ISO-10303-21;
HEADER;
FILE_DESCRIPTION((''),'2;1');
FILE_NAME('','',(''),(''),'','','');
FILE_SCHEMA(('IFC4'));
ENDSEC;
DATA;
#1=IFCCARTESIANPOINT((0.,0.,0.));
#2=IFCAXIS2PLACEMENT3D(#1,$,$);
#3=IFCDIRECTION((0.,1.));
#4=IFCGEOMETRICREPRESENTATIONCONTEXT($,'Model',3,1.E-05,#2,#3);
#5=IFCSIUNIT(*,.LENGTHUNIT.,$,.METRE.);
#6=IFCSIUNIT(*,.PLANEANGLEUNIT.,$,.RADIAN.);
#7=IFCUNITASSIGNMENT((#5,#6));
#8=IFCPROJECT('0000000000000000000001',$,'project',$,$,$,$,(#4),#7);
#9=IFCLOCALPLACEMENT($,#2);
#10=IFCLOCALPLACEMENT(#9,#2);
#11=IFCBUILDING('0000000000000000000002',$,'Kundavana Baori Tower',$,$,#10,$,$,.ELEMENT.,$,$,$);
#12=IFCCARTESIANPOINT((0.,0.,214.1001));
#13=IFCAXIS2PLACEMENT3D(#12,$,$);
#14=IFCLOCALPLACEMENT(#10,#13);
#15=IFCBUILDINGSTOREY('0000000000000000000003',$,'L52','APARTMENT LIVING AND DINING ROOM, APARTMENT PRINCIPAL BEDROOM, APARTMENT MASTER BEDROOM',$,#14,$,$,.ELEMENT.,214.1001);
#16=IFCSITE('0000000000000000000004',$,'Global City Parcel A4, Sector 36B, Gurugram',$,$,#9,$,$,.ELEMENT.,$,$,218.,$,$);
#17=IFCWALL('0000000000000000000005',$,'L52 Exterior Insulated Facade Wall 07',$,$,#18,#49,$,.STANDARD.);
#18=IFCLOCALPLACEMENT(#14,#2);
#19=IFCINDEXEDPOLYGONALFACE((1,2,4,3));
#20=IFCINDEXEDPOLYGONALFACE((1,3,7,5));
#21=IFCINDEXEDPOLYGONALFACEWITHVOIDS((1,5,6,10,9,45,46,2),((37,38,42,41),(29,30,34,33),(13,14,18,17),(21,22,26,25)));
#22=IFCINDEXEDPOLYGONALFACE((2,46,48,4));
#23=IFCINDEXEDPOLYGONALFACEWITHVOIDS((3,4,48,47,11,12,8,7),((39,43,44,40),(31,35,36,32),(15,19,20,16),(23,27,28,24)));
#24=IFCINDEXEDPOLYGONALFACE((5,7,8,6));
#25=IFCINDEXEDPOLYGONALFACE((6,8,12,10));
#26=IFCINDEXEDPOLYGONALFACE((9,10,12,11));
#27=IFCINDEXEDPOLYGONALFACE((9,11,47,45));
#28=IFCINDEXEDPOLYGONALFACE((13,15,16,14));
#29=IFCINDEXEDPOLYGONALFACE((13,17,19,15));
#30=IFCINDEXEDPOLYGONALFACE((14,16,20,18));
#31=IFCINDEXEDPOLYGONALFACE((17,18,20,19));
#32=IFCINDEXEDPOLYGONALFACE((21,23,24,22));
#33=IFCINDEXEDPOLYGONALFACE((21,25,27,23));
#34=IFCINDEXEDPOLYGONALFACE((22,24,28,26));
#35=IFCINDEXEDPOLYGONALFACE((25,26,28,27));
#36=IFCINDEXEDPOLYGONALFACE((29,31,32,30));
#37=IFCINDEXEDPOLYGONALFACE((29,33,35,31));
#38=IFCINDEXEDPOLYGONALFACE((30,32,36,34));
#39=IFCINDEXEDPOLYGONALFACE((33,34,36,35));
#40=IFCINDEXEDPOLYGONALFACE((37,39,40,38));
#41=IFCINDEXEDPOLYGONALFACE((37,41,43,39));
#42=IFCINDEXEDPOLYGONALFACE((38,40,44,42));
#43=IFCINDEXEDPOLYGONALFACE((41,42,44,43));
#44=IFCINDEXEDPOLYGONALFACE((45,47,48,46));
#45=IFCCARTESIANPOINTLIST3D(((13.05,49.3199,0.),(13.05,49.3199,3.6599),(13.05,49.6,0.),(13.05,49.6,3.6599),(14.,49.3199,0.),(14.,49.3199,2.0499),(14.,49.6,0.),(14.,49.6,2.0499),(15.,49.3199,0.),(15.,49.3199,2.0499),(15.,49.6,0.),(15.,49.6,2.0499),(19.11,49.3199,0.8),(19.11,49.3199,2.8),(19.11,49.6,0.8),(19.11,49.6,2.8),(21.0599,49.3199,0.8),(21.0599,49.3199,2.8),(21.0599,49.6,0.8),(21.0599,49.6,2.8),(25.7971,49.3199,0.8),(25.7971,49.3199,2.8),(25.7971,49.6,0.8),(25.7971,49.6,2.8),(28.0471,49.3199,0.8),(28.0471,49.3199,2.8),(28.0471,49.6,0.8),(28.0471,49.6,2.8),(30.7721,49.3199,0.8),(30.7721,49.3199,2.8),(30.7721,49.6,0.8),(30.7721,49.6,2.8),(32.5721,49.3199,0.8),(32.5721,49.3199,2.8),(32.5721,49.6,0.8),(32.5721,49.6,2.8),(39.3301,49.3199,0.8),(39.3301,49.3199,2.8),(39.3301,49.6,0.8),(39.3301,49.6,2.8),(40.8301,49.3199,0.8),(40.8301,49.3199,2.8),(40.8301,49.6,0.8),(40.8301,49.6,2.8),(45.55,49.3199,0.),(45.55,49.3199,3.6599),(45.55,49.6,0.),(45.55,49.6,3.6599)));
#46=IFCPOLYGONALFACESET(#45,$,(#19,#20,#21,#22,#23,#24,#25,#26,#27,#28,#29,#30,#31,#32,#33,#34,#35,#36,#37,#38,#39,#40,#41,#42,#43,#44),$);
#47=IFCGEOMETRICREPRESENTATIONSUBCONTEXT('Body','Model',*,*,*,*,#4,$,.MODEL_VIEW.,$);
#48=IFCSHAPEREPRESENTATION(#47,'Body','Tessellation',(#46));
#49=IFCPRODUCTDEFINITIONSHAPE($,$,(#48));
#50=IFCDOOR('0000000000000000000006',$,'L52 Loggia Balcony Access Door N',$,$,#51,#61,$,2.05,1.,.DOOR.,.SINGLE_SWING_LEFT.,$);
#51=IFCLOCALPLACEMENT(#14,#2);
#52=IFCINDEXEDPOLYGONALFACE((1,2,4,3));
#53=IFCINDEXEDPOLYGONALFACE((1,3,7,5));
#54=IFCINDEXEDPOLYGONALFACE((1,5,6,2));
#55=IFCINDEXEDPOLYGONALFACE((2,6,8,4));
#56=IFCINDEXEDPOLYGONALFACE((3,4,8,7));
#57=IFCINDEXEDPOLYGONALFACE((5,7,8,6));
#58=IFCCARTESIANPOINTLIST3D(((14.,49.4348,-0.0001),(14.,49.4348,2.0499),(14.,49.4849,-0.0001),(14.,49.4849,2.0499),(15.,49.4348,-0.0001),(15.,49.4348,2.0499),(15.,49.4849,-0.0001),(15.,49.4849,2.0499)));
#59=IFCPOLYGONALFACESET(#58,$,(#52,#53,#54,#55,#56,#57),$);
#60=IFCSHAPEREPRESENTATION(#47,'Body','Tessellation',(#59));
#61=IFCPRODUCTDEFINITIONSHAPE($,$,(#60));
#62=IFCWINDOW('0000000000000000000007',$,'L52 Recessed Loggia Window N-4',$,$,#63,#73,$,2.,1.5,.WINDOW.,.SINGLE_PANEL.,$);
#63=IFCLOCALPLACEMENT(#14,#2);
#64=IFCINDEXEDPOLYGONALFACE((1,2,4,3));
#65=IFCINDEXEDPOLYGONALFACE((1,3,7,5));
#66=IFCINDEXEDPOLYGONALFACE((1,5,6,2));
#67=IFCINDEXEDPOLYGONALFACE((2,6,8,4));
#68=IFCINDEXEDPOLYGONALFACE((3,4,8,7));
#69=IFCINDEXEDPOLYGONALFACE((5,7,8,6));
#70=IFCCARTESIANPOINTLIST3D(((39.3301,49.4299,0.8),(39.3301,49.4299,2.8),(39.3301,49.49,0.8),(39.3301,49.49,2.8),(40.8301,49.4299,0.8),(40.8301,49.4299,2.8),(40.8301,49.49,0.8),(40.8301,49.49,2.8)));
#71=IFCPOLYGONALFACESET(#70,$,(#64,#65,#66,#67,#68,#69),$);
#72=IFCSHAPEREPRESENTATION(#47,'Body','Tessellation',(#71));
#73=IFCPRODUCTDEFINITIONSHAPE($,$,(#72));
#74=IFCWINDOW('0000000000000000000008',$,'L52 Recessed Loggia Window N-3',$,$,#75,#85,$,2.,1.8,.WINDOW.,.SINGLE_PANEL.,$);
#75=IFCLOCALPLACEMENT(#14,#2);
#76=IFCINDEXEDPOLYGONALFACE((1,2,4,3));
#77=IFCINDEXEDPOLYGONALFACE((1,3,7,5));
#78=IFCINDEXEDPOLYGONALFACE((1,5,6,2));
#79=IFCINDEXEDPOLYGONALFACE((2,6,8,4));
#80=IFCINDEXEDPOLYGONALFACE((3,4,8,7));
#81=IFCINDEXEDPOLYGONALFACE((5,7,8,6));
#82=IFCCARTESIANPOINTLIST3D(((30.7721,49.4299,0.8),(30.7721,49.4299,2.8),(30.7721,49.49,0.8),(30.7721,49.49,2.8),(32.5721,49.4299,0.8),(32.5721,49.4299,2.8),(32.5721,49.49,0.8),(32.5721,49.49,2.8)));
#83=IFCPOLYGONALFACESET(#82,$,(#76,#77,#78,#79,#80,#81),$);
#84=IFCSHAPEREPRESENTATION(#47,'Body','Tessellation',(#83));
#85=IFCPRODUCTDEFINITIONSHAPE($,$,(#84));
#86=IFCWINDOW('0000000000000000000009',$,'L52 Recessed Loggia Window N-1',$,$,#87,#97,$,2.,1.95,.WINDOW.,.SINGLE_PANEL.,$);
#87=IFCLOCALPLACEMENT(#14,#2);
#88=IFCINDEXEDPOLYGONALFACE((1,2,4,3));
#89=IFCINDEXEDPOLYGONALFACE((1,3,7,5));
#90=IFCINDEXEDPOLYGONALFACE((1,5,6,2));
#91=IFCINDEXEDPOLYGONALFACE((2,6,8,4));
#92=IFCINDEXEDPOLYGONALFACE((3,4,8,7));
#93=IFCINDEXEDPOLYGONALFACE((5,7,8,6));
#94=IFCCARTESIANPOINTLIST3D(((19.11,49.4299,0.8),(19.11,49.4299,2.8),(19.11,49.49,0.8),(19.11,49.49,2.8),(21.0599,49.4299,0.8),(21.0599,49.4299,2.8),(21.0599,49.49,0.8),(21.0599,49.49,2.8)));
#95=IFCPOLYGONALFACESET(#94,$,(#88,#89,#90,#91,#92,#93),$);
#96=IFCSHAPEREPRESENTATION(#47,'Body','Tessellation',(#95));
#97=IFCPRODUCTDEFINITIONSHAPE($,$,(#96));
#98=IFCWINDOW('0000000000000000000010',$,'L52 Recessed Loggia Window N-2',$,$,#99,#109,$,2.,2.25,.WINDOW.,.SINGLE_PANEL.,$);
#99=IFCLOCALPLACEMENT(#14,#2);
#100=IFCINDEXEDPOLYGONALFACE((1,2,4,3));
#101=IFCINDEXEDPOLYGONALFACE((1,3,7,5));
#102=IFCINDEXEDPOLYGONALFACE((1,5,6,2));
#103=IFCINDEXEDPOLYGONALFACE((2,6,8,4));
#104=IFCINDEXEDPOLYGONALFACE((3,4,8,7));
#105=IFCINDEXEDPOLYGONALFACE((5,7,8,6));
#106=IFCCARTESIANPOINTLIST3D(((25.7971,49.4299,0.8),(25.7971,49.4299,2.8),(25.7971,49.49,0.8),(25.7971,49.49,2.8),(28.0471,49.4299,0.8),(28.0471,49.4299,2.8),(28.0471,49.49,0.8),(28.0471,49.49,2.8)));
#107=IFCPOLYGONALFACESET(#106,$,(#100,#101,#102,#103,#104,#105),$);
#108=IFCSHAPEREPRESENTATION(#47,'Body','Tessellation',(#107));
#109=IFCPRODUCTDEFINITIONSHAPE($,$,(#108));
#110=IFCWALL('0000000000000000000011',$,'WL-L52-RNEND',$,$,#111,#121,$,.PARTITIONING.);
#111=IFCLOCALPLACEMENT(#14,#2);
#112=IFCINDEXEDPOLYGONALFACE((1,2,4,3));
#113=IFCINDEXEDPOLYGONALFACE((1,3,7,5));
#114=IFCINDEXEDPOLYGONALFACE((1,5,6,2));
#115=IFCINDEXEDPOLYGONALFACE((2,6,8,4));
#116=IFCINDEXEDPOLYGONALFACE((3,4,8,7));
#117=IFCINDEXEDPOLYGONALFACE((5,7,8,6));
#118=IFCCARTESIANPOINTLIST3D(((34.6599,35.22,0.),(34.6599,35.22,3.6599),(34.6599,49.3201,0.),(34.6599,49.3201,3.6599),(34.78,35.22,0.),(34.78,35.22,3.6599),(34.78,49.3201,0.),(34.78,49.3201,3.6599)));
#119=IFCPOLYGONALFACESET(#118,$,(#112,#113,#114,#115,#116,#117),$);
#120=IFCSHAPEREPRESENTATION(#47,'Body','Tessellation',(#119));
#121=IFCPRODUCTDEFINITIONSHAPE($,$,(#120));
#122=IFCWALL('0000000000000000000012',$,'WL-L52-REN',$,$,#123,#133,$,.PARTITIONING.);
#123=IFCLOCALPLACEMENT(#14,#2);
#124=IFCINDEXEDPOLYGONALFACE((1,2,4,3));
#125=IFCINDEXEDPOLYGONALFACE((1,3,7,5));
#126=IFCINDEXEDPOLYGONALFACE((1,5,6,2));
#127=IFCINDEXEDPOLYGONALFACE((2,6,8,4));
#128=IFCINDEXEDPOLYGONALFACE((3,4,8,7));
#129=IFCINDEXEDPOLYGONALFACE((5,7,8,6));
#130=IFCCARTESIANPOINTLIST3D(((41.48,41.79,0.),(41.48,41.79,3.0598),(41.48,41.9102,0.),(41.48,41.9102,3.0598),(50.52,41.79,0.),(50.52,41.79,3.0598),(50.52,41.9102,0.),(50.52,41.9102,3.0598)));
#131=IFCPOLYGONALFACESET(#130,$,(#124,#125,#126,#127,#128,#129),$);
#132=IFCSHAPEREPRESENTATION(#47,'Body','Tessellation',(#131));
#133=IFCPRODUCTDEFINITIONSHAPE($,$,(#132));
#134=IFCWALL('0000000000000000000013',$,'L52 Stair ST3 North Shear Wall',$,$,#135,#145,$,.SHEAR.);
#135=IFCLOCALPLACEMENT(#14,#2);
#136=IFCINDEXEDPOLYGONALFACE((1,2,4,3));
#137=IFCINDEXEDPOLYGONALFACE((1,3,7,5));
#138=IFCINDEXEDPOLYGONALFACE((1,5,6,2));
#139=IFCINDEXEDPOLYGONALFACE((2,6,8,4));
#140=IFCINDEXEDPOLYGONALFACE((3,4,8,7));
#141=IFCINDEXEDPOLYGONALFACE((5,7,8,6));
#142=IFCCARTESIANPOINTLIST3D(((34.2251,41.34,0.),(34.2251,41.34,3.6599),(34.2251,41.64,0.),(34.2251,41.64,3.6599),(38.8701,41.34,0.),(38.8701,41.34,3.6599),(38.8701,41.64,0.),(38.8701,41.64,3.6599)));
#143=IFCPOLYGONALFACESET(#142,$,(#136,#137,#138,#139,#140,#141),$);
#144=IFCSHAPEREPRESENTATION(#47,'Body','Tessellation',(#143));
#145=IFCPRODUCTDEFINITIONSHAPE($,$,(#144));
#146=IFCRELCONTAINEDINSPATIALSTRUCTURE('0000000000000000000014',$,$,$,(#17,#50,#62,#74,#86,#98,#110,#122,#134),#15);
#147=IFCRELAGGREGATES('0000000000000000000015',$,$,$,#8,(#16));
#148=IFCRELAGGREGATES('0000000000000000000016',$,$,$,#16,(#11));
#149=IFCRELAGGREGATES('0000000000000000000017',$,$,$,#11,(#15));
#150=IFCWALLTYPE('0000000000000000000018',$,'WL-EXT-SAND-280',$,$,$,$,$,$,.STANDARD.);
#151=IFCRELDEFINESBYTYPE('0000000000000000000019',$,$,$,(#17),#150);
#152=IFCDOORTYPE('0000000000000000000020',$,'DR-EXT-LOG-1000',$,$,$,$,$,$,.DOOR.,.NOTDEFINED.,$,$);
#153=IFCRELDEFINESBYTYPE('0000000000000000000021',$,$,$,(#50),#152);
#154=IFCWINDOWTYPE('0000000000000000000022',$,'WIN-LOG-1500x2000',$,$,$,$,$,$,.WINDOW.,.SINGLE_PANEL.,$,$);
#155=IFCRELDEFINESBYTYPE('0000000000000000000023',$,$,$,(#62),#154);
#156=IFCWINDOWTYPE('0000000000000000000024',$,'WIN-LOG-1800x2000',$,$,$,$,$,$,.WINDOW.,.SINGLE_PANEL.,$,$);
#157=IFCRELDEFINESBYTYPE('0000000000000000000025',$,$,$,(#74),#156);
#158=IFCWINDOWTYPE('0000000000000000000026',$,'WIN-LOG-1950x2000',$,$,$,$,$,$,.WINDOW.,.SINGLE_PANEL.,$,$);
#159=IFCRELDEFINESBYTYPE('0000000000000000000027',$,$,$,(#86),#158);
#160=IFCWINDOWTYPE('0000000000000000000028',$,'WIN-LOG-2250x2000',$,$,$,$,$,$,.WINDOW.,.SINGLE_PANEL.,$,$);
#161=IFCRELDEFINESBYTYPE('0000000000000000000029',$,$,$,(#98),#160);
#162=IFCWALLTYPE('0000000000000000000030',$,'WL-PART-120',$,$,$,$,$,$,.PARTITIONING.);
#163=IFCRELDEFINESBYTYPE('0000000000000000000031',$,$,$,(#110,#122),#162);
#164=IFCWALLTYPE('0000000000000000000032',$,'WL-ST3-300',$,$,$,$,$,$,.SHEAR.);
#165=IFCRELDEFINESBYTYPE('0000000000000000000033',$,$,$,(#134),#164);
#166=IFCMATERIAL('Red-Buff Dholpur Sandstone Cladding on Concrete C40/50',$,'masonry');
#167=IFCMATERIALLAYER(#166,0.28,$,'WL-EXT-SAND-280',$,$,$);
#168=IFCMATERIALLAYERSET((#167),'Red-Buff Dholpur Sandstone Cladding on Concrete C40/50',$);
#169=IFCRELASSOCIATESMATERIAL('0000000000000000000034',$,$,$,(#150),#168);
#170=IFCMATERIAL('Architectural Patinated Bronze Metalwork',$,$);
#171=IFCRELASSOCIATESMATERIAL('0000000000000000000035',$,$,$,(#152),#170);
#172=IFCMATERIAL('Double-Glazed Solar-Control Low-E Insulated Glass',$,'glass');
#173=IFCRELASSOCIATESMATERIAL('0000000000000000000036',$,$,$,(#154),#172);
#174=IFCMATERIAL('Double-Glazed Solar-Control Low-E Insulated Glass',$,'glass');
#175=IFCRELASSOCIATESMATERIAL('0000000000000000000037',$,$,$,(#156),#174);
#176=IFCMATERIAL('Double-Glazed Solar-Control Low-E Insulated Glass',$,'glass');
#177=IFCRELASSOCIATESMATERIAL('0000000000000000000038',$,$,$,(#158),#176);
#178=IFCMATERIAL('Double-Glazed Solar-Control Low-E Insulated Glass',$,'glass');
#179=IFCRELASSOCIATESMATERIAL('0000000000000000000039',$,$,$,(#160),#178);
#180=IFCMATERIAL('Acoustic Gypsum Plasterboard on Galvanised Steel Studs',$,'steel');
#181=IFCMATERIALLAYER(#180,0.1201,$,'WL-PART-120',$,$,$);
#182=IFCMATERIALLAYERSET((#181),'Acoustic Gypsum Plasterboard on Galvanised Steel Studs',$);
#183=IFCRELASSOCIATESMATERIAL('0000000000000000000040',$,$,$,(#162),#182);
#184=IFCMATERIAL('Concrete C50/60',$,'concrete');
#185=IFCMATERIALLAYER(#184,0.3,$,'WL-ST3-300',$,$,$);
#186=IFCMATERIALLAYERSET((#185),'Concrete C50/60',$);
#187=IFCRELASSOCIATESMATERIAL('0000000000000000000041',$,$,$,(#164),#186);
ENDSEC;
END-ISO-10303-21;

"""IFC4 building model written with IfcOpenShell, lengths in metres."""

from ifc_helpers import new_model, si_unit, direction, frame, frame_2d, origin, place, context, subcontext, project, spatial, rectangle, extrude, material, layer, layer_set, type_object, element, fill, save


model = new_model("IFC4")

# Units and contexts
model_context = context("Model", 3, precision=1e-05, world=origin(), true_north=direction((0.0, 1.0)))
body_context = subcontext(model_context, "Body", "Model", "MODEL_VIEW")
ifc_project = project(units=[si_unit("LENGTHUNIT", "METRE"), si_unit("PLANEANGLEUNIT", "RADIAN")], contexts=[model_context])

# Site, building, storey
site_placement = place(None, origin())
site = spatial("IfcSite", under=ifc_project, at=site_placement, Name="Global City Parcel A4, Sector 36B, Gurugram", CompositionType="ELEMENT", RefElevation=218.0)
building_placement = place(site_placement, origin())
building = spatial("IfcBuilding", under=site, at=building_placement, Name="Kundavana Baori Tower", CompositionType="ELEMENT")
storey_placement = place(building_placement, frame((0.0, 0.0, 214.1001)))
storey = spatial("IfcBuildingStorey", under=building, at=storey_placement, Name="L52", Description="APARTMENT LIVING AND DINING ROOM, APARTMENT PRINCIPAL BEDROOM, APARTMENT MASTER BEDROOM", CompositionType="ELEMENT", Elevation=214.1001)

# Shared definitions
ifc_material_1 = material(Name="Red-Buff Dholpur Sandstone Cladding on Concrete C40/50", Category="masonry")
ifc_layer_1 = layer(ifc_material_1, 0.28, Name="WL-EXT-SAND-280")
ifc_layer_set_1 = layer_set([ifc_layer_1], Name="Red-Buff Dholpur Sandstone Cladding on Concrete C40/50")
wall_type_1 = type_object("IfcWallType", Name="WL-EXT-SAND-280", PredefinedType="STANDARD", material=ifc_layer_set_1)

# Wall, openings, door, windows
wall_1_placement = place(storey_placement, frame((45.55, 49.46, 0.0), z_axis=(0.0, 0.0, 1.0), x_axis=(-1.0, 0.0, 0.0)))
wall_1 = element("IfcWall", 1, at=wall_1_placement, inside=storey, type_object=wall_type_1, Name="L52 Exterior Insulated Facade Wall 07", PredefinedType="STANDARD", context=body_context, shape_type="SweptSolid", body=[
    extrude(rectangle(XDim=32.5, YDim=0.28, at=frame_2d((16.25, 0.0))), origin(), (0.0, 0.0, 1.0), 3.6599),
])
opening_1_placement = place(wall_1_placement, frame((30.55, 0.0, 0.0)))
opening_1 = element("IfcOpeningElement", 2, at=opening_1_placement, cuts=wall_1, PredefinedType="OPENING", context=body_context, shape_type="SweptSolid", body=[
    extrude(rectangle(XDim=1.0, YDim=2.05, at=frame_2d((0.5, 1.0249))), frame((0.0, 0.1499, 0.0), z_axis=(0.0, -1.0, 0.0), x_axis=(1.0, 0.0, 0.0)), (0.0, 0.0, 1.0), 0.3),
])
opening_2_placement = place(wall_1_placement, frame((24.49, 0.0, 0.8)))
opening_2 = element("IfcOpeningElement", 3, at=opening_2_placement, cuts=wall_1, PredefinedType="OPENING", context=body_context, shape_type="SweptSolid", body=[
    extrude(rectangle(XDim=1.95, YDim=2.0, at=frame_2d((0.9751, 1.0))), frame((0.0, 0.1499, 0.0), z_axis=(0.0, -1.0, 0.0), x_axis=(1.0, 0.0, 0.0)), (0.0, 0.0, 1.0), 0.3),
])
opening_3_placement = place(wall_1_placement, frame((17.5029, 0.0, 0.8)))
opening_3 = element("IfcOpeningElement", 4, at=opening_3_placement, cuts=wall_1, PredefinedType="OPENING", context=body_context, shape_type="SweptSolid", body=[
    extrude(rectangle(XDim=2.25, YDim=2.0, at=frame_2d((1.125, 1.0))), frame((0.0, 0.1499, 0.0), z_axis=(0.0, -1.0, 0.0), x_axis=(1.0, 0.0, 0.0)), (0.0, 0.0, 1.0), 0.3),
])
opening_4_placement = place(wall_1_placement, frame((12.978, 0.0, 0.8)))
opening_4 = element("IfcOpeningElement", 5, at=opening_4_placement, cuts=wall_1, PredefinedType="OPENING", context=body_context, shape_type="SweptSolid", body=[
    extrude(rectangle(XDim=1.8, YDim=2.0, at=frame_2d((0.8999, 1.0))), frame((0.0, 0.1499, 0.0), z_axis=(0.0, -1.0, 0.0), x_axis=(1.0, 0.0, 0.0)), (0.0, 0.0, 1.0), 0.3),
])
opening_5_placement = place(wall_1_placement, frame((4.72, 0.0, 0.8)))
opening_5 = element("IfcOpeningElement", 6, at=opening_5_placement, cuts=wall_1, PredefinedType="OPENING", context=body_context, shape_type="SweptSolid", body=[
    extrude(rectangle(XDim=1.5, YDim=2.0, at=frame_2d((0.75, 1.0))), frame((0.0, 0.1499, 0.0), z_axis=(0.0, -1.0, 0.0), x_axis=(1.0, 0.0, 0.0)), (0.0, 0.0, 1.0), 0.3),
])
ifc_material_2 = material(Name="Architectural Patinated Bronze Metalwork")
door_type_1 = type_object("IfcDoorType", Name="DR-EXT-LOG-1000", OperationType="NOTDEFINED", PredefinedType="DOOR", material=ifc_material_2)
door_1_placement = place(opening_1_placement, frame((1.0, 0.0, 0.0), z_axis=(0.0, 0.0, 1.0), x_axis=(-1.0, 0.0, 0.0)))
door_1 = element("IfcDoor", 7, at=door_1_placement, inside=storey, type_object=door_type_1, Name="L52 Loggia Balcony Access Door N", OperationType="SINGLE_SWING_LEFT", OverallHeight=2.05, OverallWidth=1.0, PredefinedType="DOOR", context=body_context, shape_type="SweptSolid", body=[
    extrude(rectangle(XDim=1.0, YDim=2.05, at=frame_2d((0.5, 1.0249))), frame((0.0, 0.0249, 0.0), z_axis=(0.0, -1.0, 0.0), x_axis=(1.0, 0.0, 0.0)), (0.0, 0.0, 1.0), 0.05),
])
fill(opening_1, door_1)
ifc_material_3 = material(Name="Double-Glazed Solar-Control Low-E Insulated Glass", Category="glass")
window_type_1 = type_object("IfcWindowType", Name="WIN-LOG-1500x2000", PartitioningType="SINGLE_PANEL", PredefinedType="WINDOW", material=ifc_material_3)
window_1_placement = place(opening_5_placement, origin())
window_1 = element("IfcWindow", 8, at=window_1_placement, inside=storey, type_object=window_type_1, Name="L52 Recessed Loggia Window N-4", OverallHeight=2.0, OverallWidth=1.5, PartitioningType="SINGLE_PANEL", PredefinedType="WINDOW", context=body_context, shape_type="SweptSolid", body=[
    extrude(rectangle(XDim=1.5, YDim=2.0, at=frame_2d((0.75, 1.0))), frame((0.0, 0.03, 0.0), z_axis=(0.0, -1.0, 0.0), x_axis=(1.0, 0.0, 0.0)), (0.0, 0.0, 1.0), 0.0601),
])
fill(opening_5, window_1)
ifc_material_4 = material(Name="Double-Glazed Solar-Control Low-E Insulated Glass", Category="glass")
window_type_2 = type_object("IfcWindowType", Name="WIN-LOG-1800x2000", PartitioningType="SINGLE_PANEL", PredefinedType="WINDOW", material=ifc_material_4)
window_2_placement = place(opening_4_placement, origin())
window_2 = element("IfcWindow", 9, at=window_2_placement, inside=storey, type_object=window_type_2, Name="L52 Recessed Loggia Window N-3", OverallHeight=2.0, OverallWidth=1.8, PartitioningType="SINGLE_PANEL", PredefinedType="WINDOW", context=body_context, shape_type="SweptSolid", body=[
    extrude(rectangle(XDim=1.8, YDim=2.0, at=frame_2d((0.8999, 1.0))), frame((0.0, 0.03, 0.0), z_axis=(0.0, -1.0, 0.0), x_axis=(1.0, 0.0, 0.0)), (0.0, 0.0, 1.0), 0.0601),
])
fill(opening_4, window_2)
ifc_material_5 = material(Name="Double-Glazed Solar-Control Low-E Insulated Glass", Category="glass")
window_type_3 = type_object("IfcWindowType", Name="WIN-LOG-1950x2000", PartitioningType="SINGLE_PANEL", PredefinedType="WINDOW", material=ifc_material_5)
window_3_placement = place(opening_2_placement, origin())
window_3 = element("IfcWindow", 10, at=window_3_placement, inside=storey, type_object=window_type_3, Name="L52 Recessed Loggia Window N-1", OverallHeight=2.0, OverallWidth=1.95, PartitioningType="SINGLE_PANEL", PredefinedType="WINDOW", context=body_context, shape_type="SweptSolid", body=[
    extrude(rectangle(XDim=1.95, YDim=2.0, at=frame_2d((0.9751, 1.0))), frame((0.0, 0.03, 0.0), z_axis=(0.0, -1.0, 0.0), x_axis=(1.0, 0.0, 0.0)), (0.0, 0.0, 1.0), 0.0601),
])
fill(opening_2, window_3)
ifc_material_6 = material(Name="Double-Glazed Solar-Control Low-E Insulated Glass", Category="glass")
window_type_4 = type_object("IfcWindowType", Name="WIN-LOG-2250x2000", PartitioningType="SINGLE_PANEL", PredefinedType="WINDOW", material=ifc_material_6)
window_4_placement = place(opening_3_placement, origin())
window_4 = element("IfcWindow", 11, at=window_4_placement, inside=storey, type_object=window_type_4, Name="L52 Recessed Loggia Window N-2", OverallHeight=2.0, OverallWidth=2.25, PartitioningType="SINGLE_PANEL", PredefinedType="WINDOW", context=body_context, shape_type="SweptSolid", body=[
    extrude(rectangle(XDim=2.25, YDim=2.0, at=frame_2d((1.125, 1.0))), frame((0.0, 0.03, 0.0), z_axis=(0.0, -1.0, 0.0), x_axis=(1.0, 0.0, 0.0)), (0.0, 0.0, 1.0), 0.0601),
])
fill(opening_3, window_4)

# Walls
ifc_material_7 = material(Name="Acoustic Gypsum Plasterboard on Galvanised Steel Studs", Category="steel")
ifc_layer_2 = layer(ifc_material_7, 0.1201, Name="WL-PART-120")
ifc_layer_set_2 = layer_set([ifc_layer_2], Name="Acoustic Gypsum Plasterboard on Galvanised Steel Studs")
wall_type_2 = type_object("IfcWallType", Name="WL-PART-120", PredefinedType="PARTITIONING", material=ifc_layer_set_2)
wall_2_placement = place(storey_placement, frame((34.72, 35.22, 0.0), z_axis=(0.0, 0.0, 1.0), x_axis=(0.0, 1.0, 0.0)))
element("IfcWall", 12, at=wall_2_placement, inside=storey, type_object=wall_type_2, Name="WL-L52-RNEND", PredefinedType="PARTITIONING", context=body_context, shape_type="SweptSolid", body=[
    extrude(rectangle(XDim=14.1001, YDim=0.1201, at=frame_2d((7.05, 0.0))), origin(), (0.0, 0.0, 1.0), 3.6599),
])
wall_3_placement = place(storey_placement, frame((41.48, 41.8501, 0.0), z_axis=(0.0, 0.0, 1.0), x_axis=(1.0, 0.0, 0.0)))
element("IfcWall", 13, at=wall_3_placement, inside=storey, type_object=wall_type_2, Name="WL-L52-REN", PredefinedType="PARTITIONING", context=body_context, shape_type="SweptSolid", body=[
    extrude(rectangle(XDim=9.04, YDim=0.1201, at=frame_2d((4.52, 0.0))), origin(), (0.0, 0.0, 1.0), 3.0598),
])
ifc_material_8 = material(Name="Concrete C50/60", Category="concrete")
ifc_layer_3 = layer(ifc_material_8, 0.3, Name="WL-ST3-300")
ifc_layer_set_3 = layer_set([ifc_layer_3], Name="Concrete C50/60")
wall_type_3 = type_object("IfcWallType", Name="WL-ST3-300", PredefinedType="SHEAR", material=ifc_layer_set_3)
wall_4_placement = place(storey_placement, frame((34.2251, 41.49, 0.0), z_axis=(0.0, 0.0, 1.0), x_axis=(1.0, 0.0, 0.0)))
element("IfcWall", 14, at=wall_4_placement, inside=storey, type_object=wall_type_3, Name="L52 Stair ST3 North Shear Wall", PredefinedType="SHEAR", context=body_context, shape_type="SweptSolid", body=[
    extrude(rectangle(XDim=4.645, YDim=0.3, at=frame_2d((2.3225, 0.0))), origin(), (0.0, 0.0, 1.0), 3.6599),
])

save(model, "model.ifc")
